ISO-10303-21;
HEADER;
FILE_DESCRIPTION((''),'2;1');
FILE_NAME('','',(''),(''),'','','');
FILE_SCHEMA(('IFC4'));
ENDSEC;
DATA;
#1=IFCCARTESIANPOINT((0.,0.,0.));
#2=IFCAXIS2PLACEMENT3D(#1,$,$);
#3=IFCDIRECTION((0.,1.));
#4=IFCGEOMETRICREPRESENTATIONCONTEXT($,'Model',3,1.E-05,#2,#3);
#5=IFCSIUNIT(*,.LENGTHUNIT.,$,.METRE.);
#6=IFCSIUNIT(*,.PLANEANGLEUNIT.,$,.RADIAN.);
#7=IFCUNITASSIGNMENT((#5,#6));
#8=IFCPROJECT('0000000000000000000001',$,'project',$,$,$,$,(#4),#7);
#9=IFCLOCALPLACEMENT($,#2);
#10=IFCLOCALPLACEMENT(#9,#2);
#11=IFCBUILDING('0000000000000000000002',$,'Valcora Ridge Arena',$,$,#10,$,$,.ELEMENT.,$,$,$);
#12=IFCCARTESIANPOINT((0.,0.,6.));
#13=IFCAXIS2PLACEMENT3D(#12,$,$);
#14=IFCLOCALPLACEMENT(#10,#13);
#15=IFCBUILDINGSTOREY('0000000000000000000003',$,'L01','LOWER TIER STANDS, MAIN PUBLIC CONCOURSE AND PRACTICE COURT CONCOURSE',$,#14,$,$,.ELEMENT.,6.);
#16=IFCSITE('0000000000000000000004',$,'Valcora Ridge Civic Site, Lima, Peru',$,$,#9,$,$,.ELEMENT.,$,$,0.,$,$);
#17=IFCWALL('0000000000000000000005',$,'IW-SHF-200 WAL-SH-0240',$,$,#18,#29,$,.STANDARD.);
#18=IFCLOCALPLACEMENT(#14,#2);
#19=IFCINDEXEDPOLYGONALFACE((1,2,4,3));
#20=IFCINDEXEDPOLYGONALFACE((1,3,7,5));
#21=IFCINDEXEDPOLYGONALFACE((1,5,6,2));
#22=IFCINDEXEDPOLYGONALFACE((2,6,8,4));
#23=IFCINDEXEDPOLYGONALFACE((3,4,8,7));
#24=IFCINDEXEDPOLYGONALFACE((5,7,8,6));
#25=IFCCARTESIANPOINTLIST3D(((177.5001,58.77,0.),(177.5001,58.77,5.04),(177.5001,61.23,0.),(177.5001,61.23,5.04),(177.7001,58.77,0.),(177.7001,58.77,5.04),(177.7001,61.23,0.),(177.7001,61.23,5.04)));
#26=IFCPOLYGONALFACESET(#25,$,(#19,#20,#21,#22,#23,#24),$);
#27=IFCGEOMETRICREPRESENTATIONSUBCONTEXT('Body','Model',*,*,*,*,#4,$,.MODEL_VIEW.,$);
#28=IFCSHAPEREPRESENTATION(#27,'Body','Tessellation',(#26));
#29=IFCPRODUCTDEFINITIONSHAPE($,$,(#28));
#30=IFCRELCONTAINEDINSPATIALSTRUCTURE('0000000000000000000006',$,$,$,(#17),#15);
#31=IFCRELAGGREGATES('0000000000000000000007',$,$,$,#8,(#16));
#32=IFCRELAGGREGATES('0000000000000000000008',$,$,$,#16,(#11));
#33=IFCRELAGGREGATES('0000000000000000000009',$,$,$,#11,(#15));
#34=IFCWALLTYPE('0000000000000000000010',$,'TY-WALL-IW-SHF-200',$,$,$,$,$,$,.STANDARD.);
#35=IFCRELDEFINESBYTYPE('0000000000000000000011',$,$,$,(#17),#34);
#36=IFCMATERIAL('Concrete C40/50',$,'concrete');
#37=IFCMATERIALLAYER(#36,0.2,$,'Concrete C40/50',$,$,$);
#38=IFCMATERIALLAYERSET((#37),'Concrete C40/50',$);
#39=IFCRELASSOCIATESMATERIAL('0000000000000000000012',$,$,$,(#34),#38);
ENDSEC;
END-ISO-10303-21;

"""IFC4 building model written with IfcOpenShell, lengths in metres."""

from ifc_helpers import new_model, si_unit, direction, frame, frame_2d, origin, place, context, subcontext, project, spatial, rectangle, extrude, material, layer, layer_set, type_object, element, save


model = new_model("IFC4")

# Units and contexts
model_context = context("Model", 3, precision=1e-05, world=origin(), true_north=direction((0.0, 1.0)))
body_context = subcontext(model_context, "Body", "Model", "MODEL_VIEW")
ifc_project = project(units=[si_unit("LENGTHUNIT", "METRE"), si_unit("PLANEANGLEUNIT", "RADIAN")], contexts=[model_context])

# Site, building, storey
site_placement = place(None, origin())
site = spatial("IfcSite", under=ifc_project, at=site_placement, Name="Valcora Ridge Civic Site, Lima, Peru", CompositionType="ELEMENT", RefElevation=0.0)
building_placement = place(site_placement, origin())
building = spatial("IfcBuilding", under=site, at=building_placement, Name="Valcora Ridge Arena", CompositionType="ELEMENT")
storey_placement = place(building_placement, frame((0.0, 0.0, 6.0)))
storey = spatial("IfcBuildingStorey", under=building, at=storey_placement, Name="L01", Description="LOWER TIER STANDS, MAIN PUBLIC CONCOURSE AND PRACTICE COURT CONCOURSE", CompositionType="ELEMENT", Elevation=6.0)

# Shared definitions
ifc_material_1 = material(Name="Concrete C40/50", Category="concrete")
ifc_layer_1 = layer(ifc_material_1, 0.2, Name="Concrete C40/50")
ifc_layer_set_1 = layer_set([ifc_layer_1], Name="Concrete C40/50")
wall_type = type_object("IfcWallType", Name="TY-WALL-IW-SHF-200", PredefinedType="STANDARD", material=ifc_layer_set_1)

# Wall
wall_1_placement = place(storey_placement, frame((177.6001, 58.77, 0.0), z_axis=(0.0, 0.0, 1.0), x_axis=(0.0, 1.0, 0.0)))
element("IfcWall", 1, at=wall_1_placement, inside=storey, type_object=wall_type, Name="IW-SHF-200 WAL-SH-0240", PredefinedType="STANDARD", context=body_context, shape_type="SweptSolid", body=[
    extrude(rectangle(XDim=2.46, YDim=0.2, at=frame_2d((1.23, 0.0))), origin(), (0.0, 0.0, 1.0), 5.04),
])

save(model, "model.ifc")
